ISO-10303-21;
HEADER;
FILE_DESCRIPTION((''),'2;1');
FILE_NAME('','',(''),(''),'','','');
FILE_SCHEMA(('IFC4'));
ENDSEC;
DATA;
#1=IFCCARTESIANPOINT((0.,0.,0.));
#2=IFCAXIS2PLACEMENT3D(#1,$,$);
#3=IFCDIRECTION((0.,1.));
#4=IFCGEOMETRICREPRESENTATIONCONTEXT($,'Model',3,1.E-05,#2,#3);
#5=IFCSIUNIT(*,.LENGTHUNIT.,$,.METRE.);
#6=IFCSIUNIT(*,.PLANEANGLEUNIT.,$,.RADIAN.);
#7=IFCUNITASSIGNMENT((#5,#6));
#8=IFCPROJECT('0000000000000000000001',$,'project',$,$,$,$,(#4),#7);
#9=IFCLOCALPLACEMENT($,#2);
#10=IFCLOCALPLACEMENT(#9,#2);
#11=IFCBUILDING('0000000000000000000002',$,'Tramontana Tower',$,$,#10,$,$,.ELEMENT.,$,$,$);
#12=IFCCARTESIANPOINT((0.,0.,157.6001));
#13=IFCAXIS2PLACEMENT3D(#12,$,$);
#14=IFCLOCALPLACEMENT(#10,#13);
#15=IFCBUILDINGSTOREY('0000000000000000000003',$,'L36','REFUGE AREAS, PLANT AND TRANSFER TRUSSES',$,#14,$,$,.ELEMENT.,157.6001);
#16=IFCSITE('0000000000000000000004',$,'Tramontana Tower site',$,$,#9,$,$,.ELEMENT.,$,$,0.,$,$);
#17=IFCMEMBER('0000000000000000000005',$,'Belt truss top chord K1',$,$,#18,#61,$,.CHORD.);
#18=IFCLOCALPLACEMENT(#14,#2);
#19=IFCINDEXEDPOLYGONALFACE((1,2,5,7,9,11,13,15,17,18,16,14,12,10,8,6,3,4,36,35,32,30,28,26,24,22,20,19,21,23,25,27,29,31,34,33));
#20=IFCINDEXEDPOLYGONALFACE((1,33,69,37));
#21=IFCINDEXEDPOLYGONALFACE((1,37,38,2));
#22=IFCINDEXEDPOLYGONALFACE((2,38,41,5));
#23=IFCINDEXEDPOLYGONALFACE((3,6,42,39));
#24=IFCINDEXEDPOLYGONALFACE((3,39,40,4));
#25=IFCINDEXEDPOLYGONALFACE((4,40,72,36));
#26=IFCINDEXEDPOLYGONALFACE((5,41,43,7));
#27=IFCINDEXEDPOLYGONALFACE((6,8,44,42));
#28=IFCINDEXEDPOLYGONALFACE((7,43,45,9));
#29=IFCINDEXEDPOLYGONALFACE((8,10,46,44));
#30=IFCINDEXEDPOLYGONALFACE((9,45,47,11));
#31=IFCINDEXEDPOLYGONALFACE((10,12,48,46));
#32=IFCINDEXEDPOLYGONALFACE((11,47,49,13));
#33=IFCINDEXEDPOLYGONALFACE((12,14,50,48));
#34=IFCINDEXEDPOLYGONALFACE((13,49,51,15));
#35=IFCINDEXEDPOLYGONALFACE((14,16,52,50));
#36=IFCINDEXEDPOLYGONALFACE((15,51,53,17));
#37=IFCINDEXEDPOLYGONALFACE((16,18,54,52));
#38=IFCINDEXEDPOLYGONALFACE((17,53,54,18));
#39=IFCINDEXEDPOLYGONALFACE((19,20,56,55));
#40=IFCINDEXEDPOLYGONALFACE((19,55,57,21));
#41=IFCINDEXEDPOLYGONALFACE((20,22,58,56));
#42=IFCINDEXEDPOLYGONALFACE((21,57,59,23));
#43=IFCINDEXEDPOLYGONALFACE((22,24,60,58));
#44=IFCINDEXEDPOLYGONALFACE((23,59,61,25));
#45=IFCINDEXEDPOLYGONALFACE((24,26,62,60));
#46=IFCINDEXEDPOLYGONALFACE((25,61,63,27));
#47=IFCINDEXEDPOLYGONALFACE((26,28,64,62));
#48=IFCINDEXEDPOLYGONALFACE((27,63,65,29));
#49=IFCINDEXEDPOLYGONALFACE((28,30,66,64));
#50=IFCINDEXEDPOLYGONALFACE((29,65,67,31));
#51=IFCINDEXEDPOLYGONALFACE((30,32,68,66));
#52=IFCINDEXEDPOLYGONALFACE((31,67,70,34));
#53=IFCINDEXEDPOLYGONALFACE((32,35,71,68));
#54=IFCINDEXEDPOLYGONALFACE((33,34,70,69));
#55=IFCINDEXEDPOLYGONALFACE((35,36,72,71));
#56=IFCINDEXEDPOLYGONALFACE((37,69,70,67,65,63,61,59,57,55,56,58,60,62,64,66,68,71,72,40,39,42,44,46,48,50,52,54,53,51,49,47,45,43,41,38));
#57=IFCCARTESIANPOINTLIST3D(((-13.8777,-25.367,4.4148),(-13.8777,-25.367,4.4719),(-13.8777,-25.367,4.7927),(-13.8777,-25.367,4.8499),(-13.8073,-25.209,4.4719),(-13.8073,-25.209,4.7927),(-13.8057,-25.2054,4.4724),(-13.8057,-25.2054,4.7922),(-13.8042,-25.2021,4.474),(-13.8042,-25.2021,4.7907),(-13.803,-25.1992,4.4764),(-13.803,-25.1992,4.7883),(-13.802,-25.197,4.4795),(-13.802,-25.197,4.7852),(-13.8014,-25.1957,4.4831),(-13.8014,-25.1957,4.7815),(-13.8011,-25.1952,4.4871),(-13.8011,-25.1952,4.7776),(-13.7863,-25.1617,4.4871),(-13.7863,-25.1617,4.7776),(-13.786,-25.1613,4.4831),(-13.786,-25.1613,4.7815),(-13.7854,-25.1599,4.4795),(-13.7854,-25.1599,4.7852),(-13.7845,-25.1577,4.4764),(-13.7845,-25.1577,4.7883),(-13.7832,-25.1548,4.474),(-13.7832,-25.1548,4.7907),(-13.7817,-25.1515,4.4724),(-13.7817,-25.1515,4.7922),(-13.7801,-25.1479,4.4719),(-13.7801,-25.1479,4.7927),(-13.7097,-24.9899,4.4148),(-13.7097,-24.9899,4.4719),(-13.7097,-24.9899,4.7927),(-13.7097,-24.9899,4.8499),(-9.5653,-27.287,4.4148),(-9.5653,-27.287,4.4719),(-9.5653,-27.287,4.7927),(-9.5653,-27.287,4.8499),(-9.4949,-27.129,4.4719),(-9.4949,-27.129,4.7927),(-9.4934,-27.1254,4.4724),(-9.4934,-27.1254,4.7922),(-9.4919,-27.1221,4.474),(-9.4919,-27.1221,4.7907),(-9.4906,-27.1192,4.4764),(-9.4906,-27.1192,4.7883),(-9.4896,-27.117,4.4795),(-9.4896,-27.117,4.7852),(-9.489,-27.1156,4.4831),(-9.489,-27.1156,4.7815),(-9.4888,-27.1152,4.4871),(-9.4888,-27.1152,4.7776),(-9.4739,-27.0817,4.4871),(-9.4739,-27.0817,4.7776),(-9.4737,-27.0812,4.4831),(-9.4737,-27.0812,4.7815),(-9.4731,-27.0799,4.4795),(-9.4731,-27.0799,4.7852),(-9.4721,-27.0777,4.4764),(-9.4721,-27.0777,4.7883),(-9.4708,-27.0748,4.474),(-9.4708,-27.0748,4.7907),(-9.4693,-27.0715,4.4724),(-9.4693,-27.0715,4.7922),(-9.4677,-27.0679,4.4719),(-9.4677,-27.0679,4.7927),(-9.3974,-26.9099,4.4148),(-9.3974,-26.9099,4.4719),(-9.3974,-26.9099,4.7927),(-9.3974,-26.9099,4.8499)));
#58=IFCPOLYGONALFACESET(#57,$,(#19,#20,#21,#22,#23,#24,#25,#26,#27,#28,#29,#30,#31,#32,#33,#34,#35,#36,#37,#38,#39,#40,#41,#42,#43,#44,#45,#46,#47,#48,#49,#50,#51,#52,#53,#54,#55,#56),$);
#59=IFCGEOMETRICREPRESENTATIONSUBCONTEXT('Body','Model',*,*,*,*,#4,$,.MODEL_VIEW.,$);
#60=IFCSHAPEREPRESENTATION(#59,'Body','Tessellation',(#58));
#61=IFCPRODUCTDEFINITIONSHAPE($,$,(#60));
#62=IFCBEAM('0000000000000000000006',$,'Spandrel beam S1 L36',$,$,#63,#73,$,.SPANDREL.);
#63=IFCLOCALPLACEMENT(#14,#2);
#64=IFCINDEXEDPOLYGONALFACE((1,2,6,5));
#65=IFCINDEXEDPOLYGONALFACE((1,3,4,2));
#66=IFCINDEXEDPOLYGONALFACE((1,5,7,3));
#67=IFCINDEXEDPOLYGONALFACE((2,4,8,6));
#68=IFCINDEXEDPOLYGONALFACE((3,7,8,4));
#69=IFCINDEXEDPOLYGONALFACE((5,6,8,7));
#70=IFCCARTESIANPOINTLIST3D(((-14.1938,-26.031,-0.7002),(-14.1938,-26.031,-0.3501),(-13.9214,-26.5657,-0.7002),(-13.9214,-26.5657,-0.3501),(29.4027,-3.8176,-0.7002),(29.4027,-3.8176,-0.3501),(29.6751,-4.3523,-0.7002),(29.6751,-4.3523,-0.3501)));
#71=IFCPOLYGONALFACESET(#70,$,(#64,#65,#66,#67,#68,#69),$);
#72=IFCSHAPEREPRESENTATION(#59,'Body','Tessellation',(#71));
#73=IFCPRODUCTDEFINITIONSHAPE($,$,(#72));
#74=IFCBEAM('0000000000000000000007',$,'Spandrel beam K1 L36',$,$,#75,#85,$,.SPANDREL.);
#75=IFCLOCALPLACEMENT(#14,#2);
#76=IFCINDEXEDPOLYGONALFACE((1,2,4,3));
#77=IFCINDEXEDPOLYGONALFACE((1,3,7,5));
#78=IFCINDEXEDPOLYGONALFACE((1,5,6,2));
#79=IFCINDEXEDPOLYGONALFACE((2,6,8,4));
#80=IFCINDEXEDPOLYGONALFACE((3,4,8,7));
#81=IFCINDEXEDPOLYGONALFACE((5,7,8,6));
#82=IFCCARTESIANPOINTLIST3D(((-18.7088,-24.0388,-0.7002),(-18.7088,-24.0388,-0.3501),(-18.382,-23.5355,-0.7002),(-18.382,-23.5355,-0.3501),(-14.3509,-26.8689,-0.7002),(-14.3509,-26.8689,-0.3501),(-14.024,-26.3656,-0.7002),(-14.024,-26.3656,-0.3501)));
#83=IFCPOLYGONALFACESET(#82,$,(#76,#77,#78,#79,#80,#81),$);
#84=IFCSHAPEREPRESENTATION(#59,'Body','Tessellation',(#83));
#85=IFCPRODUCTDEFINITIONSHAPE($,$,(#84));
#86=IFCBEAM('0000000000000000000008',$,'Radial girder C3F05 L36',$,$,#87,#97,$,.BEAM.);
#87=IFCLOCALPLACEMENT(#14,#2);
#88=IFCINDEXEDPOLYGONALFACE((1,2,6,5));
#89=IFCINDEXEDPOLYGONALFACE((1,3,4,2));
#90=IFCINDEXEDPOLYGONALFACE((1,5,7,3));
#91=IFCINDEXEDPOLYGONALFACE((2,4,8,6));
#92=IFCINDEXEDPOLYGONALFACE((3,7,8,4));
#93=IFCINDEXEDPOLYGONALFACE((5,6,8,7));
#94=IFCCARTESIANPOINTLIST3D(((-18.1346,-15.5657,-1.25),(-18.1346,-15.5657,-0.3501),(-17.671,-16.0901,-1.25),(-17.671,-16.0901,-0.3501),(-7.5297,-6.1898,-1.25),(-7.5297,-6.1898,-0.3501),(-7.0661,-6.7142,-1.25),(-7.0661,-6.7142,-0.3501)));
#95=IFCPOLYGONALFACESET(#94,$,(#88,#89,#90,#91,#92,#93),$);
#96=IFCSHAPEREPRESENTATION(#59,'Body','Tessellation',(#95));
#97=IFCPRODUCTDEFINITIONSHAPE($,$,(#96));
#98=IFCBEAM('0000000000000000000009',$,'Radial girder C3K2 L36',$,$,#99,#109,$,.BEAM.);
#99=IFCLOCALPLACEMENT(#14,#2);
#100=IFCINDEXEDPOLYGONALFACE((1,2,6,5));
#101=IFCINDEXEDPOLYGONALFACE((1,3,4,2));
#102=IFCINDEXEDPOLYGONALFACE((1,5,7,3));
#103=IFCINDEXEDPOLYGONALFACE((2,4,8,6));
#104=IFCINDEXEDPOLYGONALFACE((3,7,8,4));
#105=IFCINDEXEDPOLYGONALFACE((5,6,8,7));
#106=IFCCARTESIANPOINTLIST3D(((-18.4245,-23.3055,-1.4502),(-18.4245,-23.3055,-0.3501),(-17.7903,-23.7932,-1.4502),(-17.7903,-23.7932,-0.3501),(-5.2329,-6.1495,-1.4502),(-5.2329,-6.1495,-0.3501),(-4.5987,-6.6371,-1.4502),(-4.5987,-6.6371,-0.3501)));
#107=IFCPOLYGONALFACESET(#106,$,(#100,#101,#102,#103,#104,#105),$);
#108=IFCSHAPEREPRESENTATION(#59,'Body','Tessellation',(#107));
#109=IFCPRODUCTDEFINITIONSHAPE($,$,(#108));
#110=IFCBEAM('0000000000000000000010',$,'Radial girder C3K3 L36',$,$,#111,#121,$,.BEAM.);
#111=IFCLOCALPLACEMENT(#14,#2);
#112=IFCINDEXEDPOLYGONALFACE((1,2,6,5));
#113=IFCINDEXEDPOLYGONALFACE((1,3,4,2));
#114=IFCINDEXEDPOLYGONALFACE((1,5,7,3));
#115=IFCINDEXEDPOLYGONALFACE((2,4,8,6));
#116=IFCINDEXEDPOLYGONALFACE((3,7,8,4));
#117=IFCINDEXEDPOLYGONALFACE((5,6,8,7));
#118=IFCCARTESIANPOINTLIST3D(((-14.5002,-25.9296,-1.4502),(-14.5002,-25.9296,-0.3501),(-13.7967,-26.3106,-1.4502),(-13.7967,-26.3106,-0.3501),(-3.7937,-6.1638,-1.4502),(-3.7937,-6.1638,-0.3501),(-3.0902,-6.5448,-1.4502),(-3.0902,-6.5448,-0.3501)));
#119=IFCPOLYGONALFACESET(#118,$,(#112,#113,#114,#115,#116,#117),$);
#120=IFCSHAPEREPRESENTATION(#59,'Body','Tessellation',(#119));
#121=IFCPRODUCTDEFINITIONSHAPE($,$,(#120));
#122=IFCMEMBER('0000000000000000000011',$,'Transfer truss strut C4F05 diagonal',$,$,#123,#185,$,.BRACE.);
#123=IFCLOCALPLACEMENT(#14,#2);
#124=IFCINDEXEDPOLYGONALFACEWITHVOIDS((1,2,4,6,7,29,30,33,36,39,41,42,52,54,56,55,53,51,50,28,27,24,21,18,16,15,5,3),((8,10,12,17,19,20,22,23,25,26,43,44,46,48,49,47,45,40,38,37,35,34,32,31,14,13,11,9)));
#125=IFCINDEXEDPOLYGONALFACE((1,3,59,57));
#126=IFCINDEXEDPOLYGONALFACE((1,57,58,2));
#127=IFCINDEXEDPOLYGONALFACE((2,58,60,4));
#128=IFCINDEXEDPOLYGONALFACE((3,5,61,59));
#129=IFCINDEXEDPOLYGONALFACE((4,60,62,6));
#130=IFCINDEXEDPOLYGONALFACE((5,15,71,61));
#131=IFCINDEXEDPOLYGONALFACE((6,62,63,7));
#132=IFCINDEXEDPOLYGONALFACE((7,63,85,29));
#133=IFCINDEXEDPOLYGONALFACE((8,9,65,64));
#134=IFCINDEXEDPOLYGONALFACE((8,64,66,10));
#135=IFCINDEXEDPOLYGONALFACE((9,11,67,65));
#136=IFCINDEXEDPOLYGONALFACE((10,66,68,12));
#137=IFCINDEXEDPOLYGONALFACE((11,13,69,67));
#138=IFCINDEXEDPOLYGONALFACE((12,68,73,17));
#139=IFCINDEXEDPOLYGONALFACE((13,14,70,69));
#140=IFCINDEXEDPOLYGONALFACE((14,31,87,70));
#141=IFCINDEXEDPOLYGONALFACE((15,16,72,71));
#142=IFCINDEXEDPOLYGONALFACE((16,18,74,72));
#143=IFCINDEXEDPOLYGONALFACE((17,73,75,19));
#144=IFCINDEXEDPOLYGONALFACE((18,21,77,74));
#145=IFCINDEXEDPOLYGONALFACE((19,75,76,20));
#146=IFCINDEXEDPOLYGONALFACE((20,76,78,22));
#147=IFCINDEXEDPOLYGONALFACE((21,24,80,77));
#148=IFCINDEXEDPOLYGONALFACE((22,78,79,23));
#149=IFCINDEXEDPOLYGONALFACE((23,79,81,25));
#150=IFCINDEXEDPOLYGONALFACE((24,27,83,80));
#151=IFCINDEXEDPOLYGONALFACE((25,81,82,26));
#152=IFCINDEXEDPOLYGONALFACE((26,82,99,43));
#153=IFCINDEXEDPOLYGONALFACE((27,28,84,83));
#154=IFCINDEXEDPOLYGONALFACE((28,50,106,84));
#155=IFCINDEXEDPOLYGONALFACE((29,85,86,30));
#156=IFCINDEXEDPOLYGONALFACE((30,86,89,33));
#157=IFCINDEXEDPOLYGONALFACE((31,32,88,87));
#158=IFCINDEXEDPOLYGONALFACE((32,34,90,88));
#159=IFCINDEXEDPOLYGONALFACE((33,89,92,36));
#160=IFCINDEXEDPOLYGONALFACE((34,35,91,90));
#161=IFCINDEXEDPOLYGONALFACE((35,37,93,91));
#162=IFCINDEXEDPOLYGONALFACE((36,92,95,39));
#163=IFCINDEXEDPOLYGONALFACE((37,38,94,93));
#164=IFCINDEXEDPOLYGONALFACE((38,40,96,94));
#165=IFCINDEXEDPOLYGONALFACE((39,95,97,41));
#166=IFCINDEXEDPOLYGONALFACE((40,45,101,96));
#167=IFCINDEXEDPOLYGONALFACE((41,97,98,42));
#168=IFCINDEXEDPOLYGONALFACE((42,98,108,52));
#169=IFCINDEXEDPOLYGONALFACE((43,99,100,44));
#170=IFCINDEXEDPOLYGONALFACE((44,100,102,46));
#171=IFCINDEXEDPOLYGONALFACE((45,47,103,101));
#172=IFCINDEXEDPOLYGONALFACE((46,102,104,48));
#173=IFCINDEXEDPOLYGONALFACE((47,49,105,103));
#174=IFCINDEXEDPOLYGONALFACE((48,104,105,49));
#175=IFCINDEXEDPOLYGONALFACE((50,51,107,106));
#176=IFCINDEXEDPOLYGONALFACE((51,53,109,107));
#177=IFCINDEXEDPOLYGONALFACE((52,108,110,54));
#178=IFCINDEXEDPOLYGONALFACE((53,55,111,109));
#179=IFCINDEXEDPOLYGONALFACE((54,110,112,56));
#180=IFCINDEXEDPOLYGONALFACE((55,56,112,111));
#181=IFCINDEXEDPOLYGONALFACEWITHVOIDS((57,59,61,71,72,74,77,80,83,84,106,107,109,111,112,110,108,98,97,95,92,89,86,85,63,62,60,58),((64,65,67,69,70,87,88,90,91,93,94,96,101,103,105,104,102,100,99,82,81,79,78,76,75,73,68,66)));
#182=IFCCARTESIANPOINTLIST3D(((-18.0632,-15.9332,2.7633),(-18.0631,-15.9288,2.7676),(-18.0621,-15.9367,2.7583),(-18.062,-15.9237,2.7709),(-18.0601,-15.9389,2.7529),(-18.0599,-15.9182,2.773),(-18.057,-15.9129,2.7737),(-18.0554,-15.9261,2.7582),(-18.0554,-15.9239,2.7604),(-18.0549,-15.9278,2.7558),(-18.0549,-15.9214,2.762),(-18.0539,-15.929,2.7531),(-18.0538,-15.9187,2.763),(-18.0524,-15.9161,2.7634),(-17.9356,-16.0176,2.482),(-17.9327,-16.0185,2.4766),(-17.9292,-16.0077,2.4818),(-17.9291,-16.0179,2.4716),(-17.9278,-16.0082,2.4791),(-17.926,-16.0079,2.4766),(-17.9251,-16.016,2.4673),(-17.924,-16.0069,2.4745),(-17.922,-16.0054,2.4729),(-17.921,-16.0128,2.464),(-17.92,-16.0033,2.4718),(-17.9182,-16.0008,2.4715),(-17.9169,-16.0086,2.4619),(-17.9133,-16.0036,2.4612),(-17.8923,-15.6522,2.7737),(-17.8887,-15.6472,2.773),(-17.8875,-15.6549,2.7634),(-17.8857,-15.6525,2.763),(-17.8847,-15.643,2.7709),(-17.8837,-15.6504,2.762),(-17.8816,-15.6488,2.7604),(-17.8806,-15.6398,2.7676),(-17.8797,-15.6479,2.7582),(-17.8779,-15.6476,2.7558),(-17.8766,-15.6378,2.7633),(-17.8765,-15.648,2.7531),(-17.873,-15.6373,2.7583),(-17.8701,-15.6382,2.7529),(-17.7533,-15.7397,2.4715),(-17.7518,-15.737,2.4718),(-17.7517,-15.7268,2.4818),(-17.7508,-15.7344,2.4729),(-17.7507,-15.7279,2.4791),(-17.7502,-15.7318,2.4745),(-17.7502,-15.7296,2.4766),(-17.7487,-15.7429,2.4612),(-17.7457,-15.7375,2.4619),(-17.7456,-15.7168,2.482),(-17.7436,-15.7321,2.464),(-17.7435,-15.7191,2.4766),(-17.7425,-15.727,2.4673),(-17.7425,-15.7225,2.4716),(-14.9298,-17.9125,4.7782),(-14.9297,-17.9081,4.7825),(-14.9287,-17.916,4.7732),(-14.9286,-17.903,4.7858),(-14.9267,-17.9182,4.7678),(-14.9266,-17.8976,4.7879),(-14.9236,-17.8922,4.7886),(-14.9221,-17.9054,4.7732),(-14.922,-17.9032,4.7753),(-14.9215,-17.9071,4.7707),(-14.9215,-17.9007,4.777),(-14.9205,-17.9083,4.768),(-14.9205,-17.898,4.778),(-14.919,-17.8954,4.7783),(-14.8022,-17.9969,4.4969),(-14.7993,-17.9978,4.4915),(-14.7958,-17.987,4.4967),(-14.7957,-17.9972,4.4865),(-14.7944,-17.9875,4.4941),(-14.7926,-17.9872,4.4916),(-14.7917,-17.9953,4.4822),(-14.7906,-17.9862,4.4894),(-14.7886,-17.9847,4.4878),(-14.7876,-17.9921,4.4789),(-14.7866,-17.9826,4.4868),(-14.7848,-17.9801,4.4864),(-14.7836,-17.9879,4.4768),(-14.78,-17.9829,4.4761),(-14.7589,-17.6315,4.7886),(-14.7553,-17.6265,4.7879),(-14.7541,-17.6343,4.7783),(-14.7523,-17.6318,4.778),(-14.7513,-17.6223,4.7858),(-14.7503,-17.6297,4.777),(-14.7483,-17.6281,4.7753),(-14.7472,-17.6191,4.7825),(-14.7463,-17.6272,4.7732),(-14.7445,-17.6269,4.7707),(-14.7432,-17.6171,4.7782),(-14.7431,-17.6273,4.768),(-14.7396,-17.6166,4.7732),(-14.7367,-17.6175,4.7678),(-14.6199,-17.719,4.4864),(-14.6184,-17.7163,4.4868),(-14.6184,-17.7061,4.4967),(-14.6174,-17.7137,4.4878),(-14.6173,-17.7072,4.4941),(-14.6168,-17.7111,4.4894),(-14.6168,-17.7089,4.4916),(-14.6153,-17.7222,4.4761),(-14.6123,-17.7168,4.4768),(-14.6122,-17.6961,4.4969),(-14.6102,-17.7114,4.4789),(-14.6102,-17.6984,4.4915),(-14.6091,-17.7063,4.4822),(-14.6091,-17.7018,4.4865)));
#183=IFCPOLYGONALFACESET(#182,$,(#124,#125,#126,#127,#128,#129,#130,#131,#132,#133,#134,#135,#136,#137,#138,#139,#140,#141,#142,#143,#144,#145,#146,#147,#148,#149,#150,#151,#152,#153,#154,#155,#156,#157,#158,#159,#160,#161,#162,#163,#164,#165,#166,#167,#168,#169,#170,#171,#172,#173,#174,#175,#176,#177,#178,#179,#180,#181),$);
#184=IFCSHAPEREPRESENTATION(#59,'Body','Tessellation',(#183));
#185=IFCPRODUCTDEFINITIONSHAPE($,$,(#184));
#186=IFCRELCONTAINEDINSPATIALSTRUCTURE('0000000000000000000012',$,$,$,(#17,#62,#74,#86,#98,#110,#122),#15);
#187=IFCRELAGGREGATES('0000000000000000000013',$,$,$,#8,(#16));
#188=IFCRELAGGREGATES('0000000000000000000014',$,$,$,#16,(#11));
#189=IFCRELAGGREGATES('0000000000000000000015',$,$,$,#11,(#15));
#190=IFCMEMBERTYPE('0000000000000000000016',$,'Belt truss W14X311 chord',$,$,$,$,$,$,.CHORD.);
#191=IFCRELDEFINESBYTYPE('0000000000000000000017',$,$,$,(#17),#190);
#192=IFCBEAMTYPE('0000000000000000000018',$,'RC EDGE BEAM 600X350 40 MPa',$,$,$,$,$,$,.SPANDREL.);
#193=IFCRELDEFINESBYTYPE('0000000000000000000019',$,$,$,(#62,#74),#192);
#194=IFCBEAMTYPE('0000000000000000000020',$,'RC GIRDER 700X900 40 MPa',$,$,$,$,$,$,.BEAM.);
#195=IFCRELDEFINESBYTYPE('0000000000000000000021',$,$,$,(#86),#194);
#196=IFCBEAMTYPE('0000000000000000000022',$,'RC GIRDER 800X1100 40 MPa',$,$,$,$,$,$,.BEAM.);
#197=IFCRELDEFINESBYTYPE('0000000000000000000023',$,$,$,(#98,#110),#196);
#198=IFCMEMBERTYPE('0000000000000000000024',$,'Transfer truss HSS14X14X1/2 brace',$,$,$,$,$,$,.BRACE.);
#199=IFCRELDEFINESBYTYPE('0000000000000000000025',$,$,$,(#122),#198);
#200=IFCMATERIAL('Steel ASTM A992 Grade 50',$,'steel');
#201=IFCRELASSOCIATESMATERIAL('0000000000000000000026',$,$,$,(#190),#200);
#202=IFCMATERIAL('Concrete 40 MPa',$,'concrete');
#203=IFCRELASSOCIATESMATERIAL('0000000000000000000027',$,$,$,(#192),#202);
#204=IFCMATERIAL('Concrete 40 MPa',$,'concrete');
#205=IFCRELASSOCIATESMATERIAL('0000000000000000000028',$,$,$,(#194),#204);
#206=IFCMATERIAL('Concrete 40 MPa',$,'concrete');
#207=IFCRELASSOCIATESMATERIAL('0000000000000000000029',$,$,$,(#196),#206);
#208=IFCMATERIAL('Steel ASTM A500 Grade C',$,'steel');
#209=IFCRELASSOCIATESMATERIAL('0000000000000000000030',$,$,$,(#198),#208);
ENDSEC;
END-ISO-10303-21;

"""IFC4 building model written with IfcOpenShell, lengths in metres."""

from ifc_helpers import new_model, si_unit, direction, frame, origin, origin_2d, place, context, subcontext, project, spatial, rectangle, hollow_rectangle, i_section, extrude, material, material_profile, profile_set, type_object, element, save


model = new_model("IFC4")

# Units and contexts
model_context = context("Model", 3, precision=1e-05, world=origin(), true_north=direction((0.0, 1.0)))
body_context = subcontext(model_context, "Body", "Model", "MODEL_VIEW")
ifc_project = project(units=[si_unit("LENGTHUNIT", "METRE"), si_unit("PLANEANGLEUNIT", "RADIAN")], contexts=[model_context])

# Site, building, storey
site_placement = place(None, origin())
site = spatial("IfcSite", under=ifc_project, at=site_placement, Name="Tramontana Tower site", CompositionType="ELEMENT", RefElevation=0.0)
building_placement = place(site_placement, origin())
building = spatial("IfcBuilding", under=site, at=building_placement, Name="Tramontana Tower", CompositionType="ELEMENT")
storey_placement = place(building_placement, frame((0.0, 0.0, 157.6001)))
storey = spatial("IfcBuildingStorey", under=building, at=storey_placement, Name="L36", Description="REFUGE AREAS, PLANT AND TRANSFER TRUSSES", CompositionType="ELEMENT", Elevation=157.6001)

# Member
ifc_material_1 = material(Name="Steel ASTM A992 Grade 50", Category="steel")
ifc_material_profile_1 = material_profile(ifc_material_1, i_section(OverallWidth=0.4128, OverallDepth=0.4351, WebThickness=0.0366, FlangeThickness=0.0571, FilletRadius=0.0151, at=origin_2d()), Name="W14X311")
ifc_profile_set_1 = profile_set([ifc_material_profile_1], Name="Steel ASTM A992 Grade 50")
member_type_1 = type_object("IfcMemberType", Name="Belt truss W14X311 chord", PredefinedType="CHORD", material=ifc_profile_set_1)
for number, where, z_axis, x_axis, name in (
    (1, (-13.7937, -25.1785, 4.6323), (0.913547, -0.406733, 0.0), (0.406733, 0.913547, 0.0), "Belt truss top chord K1"),
):
    element("IfcMember", number, at=place(storey_placement, frame(where, z_axis=z_axis, x_axis=x_axis)), inside=storey, type_object=member_type_1, Name=name, PredefinedType="CHORD", context=body_context, shape_type="SweptSolid", body=[
        extrude(i_section(OverallWidth=0.4128, OverallDepth=0.4351, WebThickness=0.0366, FlangeThickness=0.0571, FilletRadius=0.0151, at=origin_2d()), origin(), (0.0, 0.0, 1.0), 4.7205),
    ])

# Beams
ifc_material_2 = material(Name="Concrete 40 MPa", Category="concrete")
ifc_material_profile_2 = material_profile(ifc_material_2, rectangle(XDim=0.6001, YDim=0.3501, at=origin_2d()), Name="RC EDGE BEAM 600X350 40 MPa")
ifc_profile_set_2 = profile_set([ifc_material_profile_2], Name="Concrete 40 MPa")
beam_type_1 = type_object("IfcBeamType", Name="RC EDGE BEAM 600X350 40 MPa", PredefinedType="SPANDREL", material=ifc_profile_set_2)
beam_1_placement = place(storey_placement, frame((-14.0576, -26.2983, -0.5251), z_axis=(0.891007, 0.453989, 0.0), x_axis=(-0.453989, 0.891007, 0.0)))
element("IfcBeam", 2, at=beam_1_placement, inside=storey, type_object=beam_type_1, Name="Spandrel beam S1 L36", PredefinedType="SPANDREL", context=body_context, shape_type="SweptSolid", body=[
    extrude(rectangle(XDim=0.6001, YDim=0.3501, at=origin_2d()), origin(), (0.0, 0.0, 1.0), 48.9294),
])
beam_2_placement = place(storey_placement, frame((-18.5454, -23.7871, -0.5251), z_axis=(0.838669, -0.544641, 0.0), x_axis=(0.544641, 0.838669, 0.0)))
element("IfcBeam", 3, at=beam_2_placement, inside=storey, type_object=beam_type_1, Name="Spandrel beam K1 L36", PredefinedType="SPANDREL", context=body_context, shape_type="SweptSolid", body=[
    extrude(rectangle(XDim=0.6001, YDim=0.3501, at=origin_2d()), origin(), (0.0, 0.0, 1.0), 5.1963),
])
ifc_material_3 = material(Name="Concrete 40 MPa", Category="concrete")
ifc_material_profile_3 = material_profile(ifc_material_3, rectangle(XDim=0.7, YDim=0.8999, at=origin_2d()), Name="RC GIRDER 700X900 40 MPa")
ifc_profile_set_3 = profile_set([ifc_material_profile_3], Name="Concrete 40 MPa")
beam_type_2 = type_object("IfcBeamType", Name="RC GIRDER 700X900 40 MPa", PredefinedType="BEAM", material=ifc_profile_set_3)
beam_3_placement = place(storey_placement, frame((-17.9028, -15.8279, -0.8), z_axis=(0.749184, 0.662362, 0.0), x_axis=(-0.662362, 0.749184, 0.0)))
element("IfcBeam", 4, at=beam_3_placement, inside=storey, type_object=beam_type_2, Name="Radial girder C3F05 L36", PredefinedType="BEAM", context=body_context, shape_type="SweptSolid", body=[
    extrude(rectangle(XDim=0.7, YDim=0.8999, at=origin_2d()), origin(), (0.0, 0.0, 1.0), 14.1553),
])
ifc_material_4 = material(Name="Concrete 40 MPa", Category="concrete")
ifc_material_profile_4 = material_profile(ifc_material_4, rectangle(XDim=0.8, YDim=1.1001, at=origin_2d()), Name="RC GIRDER 800X1100 40 MPa")
ifc_profile_set_4 = profile_set([ifc_material_profile_4], Name="Concrete 40 MPa")
beam_type_3 = type_object("IfcBeamType", Name="RC GIRDER 800X1100 40 MPa", PredefinedType="BEAM", material=ifc_profile_set_4)
beam_4_placement = place(storey_placement, frame((-18.1074, -23.5493, -0.9001), z_axis=(0.609558, 0.792742, 0.0), x_axis=(-0.792742, 0.609558, 0.0)))
element("IfcBeam", 5, at=beam_4_placement, inside=storey, type_object=beam_type_3, Name="Radial girder C3K2 L36", PredefinedType="BEAM", context=body_context, shape_type="SweptSolid", body=[
    extrude(rectangle(XDim=0.8, YDim=1.1001, at=origin_2d()), origin(), (0.0, 0.0, 1.0), 21.6414),
])
beam_5_placement = place(storey_placement, frame((-14.1484, -26.1201, -0.9001), z_axis=(0.476284, 0.879291, 0.0), x_axis=(-0.879291, 0.476284, 0.0)))
element("IfcBeam", 6, at=beam_5_placement, inside=storey, type_object=beam_type_3, Name="Radial girder C3K3 L36", PredefinedType="BEAM", context=body_context, shape_type="SweptSolid", body=[
    extrude(rectangle(XDim=0.8, YDim=1.1001, at=origin_2d()), origin(), (0.0, 0.0, 1.0), 22.4792),
])

# Member
ifc_material_5 = material(Name="Steel ASTM A500 Grade C", Category="steel")
ifc_material_profile_5 = material_profile(ifc_material_5, hollow_rectangle(XDim=0.3557, YDim=0.3557, WallThickness=0.0117, InnerFilletRadius=0.0117, OuterFilletRadius=0.0237, at=origin_2d()), Name="HSS14X14X1/2")
ifc_profile_set_5 = profile_set([ifc_material_profile_5], Name="Steel ASTM A500 Grade C")
member_type_2 = type_object("IfcMemberType", Name="Transfer truss HSS14X14X1/2 brace", PredefinedType="BRACE", material=ifc_profile_set_5)
member_1_placement = place(storey_placement, frame((-17.9028, -15.8279, 2.6174), z_axis=(0.742772, -0.469195, 0.477645), x_axis=(0.534055, 0.84545, 0.0)))
element("IfcMember", 7, at=member_1_placement, inside=storey, type_object=member_type_2, Name="Transfer truss strut C4F05 diagonal", PredefinedType="BRACE", context=body_context, shape_type="SweptSolid", body=[
    extrude(hollow_rectangle(XDim=0.3557, YDim=0.3557, WallThickness=0.0117, InnerFilletRadius=0.0117, OuterFilletRadius=0.0237, at=origin_2d()), origin(), (0.0, 0.0, 1.0), 4.2185),
])

save(model, "model.ifc")
